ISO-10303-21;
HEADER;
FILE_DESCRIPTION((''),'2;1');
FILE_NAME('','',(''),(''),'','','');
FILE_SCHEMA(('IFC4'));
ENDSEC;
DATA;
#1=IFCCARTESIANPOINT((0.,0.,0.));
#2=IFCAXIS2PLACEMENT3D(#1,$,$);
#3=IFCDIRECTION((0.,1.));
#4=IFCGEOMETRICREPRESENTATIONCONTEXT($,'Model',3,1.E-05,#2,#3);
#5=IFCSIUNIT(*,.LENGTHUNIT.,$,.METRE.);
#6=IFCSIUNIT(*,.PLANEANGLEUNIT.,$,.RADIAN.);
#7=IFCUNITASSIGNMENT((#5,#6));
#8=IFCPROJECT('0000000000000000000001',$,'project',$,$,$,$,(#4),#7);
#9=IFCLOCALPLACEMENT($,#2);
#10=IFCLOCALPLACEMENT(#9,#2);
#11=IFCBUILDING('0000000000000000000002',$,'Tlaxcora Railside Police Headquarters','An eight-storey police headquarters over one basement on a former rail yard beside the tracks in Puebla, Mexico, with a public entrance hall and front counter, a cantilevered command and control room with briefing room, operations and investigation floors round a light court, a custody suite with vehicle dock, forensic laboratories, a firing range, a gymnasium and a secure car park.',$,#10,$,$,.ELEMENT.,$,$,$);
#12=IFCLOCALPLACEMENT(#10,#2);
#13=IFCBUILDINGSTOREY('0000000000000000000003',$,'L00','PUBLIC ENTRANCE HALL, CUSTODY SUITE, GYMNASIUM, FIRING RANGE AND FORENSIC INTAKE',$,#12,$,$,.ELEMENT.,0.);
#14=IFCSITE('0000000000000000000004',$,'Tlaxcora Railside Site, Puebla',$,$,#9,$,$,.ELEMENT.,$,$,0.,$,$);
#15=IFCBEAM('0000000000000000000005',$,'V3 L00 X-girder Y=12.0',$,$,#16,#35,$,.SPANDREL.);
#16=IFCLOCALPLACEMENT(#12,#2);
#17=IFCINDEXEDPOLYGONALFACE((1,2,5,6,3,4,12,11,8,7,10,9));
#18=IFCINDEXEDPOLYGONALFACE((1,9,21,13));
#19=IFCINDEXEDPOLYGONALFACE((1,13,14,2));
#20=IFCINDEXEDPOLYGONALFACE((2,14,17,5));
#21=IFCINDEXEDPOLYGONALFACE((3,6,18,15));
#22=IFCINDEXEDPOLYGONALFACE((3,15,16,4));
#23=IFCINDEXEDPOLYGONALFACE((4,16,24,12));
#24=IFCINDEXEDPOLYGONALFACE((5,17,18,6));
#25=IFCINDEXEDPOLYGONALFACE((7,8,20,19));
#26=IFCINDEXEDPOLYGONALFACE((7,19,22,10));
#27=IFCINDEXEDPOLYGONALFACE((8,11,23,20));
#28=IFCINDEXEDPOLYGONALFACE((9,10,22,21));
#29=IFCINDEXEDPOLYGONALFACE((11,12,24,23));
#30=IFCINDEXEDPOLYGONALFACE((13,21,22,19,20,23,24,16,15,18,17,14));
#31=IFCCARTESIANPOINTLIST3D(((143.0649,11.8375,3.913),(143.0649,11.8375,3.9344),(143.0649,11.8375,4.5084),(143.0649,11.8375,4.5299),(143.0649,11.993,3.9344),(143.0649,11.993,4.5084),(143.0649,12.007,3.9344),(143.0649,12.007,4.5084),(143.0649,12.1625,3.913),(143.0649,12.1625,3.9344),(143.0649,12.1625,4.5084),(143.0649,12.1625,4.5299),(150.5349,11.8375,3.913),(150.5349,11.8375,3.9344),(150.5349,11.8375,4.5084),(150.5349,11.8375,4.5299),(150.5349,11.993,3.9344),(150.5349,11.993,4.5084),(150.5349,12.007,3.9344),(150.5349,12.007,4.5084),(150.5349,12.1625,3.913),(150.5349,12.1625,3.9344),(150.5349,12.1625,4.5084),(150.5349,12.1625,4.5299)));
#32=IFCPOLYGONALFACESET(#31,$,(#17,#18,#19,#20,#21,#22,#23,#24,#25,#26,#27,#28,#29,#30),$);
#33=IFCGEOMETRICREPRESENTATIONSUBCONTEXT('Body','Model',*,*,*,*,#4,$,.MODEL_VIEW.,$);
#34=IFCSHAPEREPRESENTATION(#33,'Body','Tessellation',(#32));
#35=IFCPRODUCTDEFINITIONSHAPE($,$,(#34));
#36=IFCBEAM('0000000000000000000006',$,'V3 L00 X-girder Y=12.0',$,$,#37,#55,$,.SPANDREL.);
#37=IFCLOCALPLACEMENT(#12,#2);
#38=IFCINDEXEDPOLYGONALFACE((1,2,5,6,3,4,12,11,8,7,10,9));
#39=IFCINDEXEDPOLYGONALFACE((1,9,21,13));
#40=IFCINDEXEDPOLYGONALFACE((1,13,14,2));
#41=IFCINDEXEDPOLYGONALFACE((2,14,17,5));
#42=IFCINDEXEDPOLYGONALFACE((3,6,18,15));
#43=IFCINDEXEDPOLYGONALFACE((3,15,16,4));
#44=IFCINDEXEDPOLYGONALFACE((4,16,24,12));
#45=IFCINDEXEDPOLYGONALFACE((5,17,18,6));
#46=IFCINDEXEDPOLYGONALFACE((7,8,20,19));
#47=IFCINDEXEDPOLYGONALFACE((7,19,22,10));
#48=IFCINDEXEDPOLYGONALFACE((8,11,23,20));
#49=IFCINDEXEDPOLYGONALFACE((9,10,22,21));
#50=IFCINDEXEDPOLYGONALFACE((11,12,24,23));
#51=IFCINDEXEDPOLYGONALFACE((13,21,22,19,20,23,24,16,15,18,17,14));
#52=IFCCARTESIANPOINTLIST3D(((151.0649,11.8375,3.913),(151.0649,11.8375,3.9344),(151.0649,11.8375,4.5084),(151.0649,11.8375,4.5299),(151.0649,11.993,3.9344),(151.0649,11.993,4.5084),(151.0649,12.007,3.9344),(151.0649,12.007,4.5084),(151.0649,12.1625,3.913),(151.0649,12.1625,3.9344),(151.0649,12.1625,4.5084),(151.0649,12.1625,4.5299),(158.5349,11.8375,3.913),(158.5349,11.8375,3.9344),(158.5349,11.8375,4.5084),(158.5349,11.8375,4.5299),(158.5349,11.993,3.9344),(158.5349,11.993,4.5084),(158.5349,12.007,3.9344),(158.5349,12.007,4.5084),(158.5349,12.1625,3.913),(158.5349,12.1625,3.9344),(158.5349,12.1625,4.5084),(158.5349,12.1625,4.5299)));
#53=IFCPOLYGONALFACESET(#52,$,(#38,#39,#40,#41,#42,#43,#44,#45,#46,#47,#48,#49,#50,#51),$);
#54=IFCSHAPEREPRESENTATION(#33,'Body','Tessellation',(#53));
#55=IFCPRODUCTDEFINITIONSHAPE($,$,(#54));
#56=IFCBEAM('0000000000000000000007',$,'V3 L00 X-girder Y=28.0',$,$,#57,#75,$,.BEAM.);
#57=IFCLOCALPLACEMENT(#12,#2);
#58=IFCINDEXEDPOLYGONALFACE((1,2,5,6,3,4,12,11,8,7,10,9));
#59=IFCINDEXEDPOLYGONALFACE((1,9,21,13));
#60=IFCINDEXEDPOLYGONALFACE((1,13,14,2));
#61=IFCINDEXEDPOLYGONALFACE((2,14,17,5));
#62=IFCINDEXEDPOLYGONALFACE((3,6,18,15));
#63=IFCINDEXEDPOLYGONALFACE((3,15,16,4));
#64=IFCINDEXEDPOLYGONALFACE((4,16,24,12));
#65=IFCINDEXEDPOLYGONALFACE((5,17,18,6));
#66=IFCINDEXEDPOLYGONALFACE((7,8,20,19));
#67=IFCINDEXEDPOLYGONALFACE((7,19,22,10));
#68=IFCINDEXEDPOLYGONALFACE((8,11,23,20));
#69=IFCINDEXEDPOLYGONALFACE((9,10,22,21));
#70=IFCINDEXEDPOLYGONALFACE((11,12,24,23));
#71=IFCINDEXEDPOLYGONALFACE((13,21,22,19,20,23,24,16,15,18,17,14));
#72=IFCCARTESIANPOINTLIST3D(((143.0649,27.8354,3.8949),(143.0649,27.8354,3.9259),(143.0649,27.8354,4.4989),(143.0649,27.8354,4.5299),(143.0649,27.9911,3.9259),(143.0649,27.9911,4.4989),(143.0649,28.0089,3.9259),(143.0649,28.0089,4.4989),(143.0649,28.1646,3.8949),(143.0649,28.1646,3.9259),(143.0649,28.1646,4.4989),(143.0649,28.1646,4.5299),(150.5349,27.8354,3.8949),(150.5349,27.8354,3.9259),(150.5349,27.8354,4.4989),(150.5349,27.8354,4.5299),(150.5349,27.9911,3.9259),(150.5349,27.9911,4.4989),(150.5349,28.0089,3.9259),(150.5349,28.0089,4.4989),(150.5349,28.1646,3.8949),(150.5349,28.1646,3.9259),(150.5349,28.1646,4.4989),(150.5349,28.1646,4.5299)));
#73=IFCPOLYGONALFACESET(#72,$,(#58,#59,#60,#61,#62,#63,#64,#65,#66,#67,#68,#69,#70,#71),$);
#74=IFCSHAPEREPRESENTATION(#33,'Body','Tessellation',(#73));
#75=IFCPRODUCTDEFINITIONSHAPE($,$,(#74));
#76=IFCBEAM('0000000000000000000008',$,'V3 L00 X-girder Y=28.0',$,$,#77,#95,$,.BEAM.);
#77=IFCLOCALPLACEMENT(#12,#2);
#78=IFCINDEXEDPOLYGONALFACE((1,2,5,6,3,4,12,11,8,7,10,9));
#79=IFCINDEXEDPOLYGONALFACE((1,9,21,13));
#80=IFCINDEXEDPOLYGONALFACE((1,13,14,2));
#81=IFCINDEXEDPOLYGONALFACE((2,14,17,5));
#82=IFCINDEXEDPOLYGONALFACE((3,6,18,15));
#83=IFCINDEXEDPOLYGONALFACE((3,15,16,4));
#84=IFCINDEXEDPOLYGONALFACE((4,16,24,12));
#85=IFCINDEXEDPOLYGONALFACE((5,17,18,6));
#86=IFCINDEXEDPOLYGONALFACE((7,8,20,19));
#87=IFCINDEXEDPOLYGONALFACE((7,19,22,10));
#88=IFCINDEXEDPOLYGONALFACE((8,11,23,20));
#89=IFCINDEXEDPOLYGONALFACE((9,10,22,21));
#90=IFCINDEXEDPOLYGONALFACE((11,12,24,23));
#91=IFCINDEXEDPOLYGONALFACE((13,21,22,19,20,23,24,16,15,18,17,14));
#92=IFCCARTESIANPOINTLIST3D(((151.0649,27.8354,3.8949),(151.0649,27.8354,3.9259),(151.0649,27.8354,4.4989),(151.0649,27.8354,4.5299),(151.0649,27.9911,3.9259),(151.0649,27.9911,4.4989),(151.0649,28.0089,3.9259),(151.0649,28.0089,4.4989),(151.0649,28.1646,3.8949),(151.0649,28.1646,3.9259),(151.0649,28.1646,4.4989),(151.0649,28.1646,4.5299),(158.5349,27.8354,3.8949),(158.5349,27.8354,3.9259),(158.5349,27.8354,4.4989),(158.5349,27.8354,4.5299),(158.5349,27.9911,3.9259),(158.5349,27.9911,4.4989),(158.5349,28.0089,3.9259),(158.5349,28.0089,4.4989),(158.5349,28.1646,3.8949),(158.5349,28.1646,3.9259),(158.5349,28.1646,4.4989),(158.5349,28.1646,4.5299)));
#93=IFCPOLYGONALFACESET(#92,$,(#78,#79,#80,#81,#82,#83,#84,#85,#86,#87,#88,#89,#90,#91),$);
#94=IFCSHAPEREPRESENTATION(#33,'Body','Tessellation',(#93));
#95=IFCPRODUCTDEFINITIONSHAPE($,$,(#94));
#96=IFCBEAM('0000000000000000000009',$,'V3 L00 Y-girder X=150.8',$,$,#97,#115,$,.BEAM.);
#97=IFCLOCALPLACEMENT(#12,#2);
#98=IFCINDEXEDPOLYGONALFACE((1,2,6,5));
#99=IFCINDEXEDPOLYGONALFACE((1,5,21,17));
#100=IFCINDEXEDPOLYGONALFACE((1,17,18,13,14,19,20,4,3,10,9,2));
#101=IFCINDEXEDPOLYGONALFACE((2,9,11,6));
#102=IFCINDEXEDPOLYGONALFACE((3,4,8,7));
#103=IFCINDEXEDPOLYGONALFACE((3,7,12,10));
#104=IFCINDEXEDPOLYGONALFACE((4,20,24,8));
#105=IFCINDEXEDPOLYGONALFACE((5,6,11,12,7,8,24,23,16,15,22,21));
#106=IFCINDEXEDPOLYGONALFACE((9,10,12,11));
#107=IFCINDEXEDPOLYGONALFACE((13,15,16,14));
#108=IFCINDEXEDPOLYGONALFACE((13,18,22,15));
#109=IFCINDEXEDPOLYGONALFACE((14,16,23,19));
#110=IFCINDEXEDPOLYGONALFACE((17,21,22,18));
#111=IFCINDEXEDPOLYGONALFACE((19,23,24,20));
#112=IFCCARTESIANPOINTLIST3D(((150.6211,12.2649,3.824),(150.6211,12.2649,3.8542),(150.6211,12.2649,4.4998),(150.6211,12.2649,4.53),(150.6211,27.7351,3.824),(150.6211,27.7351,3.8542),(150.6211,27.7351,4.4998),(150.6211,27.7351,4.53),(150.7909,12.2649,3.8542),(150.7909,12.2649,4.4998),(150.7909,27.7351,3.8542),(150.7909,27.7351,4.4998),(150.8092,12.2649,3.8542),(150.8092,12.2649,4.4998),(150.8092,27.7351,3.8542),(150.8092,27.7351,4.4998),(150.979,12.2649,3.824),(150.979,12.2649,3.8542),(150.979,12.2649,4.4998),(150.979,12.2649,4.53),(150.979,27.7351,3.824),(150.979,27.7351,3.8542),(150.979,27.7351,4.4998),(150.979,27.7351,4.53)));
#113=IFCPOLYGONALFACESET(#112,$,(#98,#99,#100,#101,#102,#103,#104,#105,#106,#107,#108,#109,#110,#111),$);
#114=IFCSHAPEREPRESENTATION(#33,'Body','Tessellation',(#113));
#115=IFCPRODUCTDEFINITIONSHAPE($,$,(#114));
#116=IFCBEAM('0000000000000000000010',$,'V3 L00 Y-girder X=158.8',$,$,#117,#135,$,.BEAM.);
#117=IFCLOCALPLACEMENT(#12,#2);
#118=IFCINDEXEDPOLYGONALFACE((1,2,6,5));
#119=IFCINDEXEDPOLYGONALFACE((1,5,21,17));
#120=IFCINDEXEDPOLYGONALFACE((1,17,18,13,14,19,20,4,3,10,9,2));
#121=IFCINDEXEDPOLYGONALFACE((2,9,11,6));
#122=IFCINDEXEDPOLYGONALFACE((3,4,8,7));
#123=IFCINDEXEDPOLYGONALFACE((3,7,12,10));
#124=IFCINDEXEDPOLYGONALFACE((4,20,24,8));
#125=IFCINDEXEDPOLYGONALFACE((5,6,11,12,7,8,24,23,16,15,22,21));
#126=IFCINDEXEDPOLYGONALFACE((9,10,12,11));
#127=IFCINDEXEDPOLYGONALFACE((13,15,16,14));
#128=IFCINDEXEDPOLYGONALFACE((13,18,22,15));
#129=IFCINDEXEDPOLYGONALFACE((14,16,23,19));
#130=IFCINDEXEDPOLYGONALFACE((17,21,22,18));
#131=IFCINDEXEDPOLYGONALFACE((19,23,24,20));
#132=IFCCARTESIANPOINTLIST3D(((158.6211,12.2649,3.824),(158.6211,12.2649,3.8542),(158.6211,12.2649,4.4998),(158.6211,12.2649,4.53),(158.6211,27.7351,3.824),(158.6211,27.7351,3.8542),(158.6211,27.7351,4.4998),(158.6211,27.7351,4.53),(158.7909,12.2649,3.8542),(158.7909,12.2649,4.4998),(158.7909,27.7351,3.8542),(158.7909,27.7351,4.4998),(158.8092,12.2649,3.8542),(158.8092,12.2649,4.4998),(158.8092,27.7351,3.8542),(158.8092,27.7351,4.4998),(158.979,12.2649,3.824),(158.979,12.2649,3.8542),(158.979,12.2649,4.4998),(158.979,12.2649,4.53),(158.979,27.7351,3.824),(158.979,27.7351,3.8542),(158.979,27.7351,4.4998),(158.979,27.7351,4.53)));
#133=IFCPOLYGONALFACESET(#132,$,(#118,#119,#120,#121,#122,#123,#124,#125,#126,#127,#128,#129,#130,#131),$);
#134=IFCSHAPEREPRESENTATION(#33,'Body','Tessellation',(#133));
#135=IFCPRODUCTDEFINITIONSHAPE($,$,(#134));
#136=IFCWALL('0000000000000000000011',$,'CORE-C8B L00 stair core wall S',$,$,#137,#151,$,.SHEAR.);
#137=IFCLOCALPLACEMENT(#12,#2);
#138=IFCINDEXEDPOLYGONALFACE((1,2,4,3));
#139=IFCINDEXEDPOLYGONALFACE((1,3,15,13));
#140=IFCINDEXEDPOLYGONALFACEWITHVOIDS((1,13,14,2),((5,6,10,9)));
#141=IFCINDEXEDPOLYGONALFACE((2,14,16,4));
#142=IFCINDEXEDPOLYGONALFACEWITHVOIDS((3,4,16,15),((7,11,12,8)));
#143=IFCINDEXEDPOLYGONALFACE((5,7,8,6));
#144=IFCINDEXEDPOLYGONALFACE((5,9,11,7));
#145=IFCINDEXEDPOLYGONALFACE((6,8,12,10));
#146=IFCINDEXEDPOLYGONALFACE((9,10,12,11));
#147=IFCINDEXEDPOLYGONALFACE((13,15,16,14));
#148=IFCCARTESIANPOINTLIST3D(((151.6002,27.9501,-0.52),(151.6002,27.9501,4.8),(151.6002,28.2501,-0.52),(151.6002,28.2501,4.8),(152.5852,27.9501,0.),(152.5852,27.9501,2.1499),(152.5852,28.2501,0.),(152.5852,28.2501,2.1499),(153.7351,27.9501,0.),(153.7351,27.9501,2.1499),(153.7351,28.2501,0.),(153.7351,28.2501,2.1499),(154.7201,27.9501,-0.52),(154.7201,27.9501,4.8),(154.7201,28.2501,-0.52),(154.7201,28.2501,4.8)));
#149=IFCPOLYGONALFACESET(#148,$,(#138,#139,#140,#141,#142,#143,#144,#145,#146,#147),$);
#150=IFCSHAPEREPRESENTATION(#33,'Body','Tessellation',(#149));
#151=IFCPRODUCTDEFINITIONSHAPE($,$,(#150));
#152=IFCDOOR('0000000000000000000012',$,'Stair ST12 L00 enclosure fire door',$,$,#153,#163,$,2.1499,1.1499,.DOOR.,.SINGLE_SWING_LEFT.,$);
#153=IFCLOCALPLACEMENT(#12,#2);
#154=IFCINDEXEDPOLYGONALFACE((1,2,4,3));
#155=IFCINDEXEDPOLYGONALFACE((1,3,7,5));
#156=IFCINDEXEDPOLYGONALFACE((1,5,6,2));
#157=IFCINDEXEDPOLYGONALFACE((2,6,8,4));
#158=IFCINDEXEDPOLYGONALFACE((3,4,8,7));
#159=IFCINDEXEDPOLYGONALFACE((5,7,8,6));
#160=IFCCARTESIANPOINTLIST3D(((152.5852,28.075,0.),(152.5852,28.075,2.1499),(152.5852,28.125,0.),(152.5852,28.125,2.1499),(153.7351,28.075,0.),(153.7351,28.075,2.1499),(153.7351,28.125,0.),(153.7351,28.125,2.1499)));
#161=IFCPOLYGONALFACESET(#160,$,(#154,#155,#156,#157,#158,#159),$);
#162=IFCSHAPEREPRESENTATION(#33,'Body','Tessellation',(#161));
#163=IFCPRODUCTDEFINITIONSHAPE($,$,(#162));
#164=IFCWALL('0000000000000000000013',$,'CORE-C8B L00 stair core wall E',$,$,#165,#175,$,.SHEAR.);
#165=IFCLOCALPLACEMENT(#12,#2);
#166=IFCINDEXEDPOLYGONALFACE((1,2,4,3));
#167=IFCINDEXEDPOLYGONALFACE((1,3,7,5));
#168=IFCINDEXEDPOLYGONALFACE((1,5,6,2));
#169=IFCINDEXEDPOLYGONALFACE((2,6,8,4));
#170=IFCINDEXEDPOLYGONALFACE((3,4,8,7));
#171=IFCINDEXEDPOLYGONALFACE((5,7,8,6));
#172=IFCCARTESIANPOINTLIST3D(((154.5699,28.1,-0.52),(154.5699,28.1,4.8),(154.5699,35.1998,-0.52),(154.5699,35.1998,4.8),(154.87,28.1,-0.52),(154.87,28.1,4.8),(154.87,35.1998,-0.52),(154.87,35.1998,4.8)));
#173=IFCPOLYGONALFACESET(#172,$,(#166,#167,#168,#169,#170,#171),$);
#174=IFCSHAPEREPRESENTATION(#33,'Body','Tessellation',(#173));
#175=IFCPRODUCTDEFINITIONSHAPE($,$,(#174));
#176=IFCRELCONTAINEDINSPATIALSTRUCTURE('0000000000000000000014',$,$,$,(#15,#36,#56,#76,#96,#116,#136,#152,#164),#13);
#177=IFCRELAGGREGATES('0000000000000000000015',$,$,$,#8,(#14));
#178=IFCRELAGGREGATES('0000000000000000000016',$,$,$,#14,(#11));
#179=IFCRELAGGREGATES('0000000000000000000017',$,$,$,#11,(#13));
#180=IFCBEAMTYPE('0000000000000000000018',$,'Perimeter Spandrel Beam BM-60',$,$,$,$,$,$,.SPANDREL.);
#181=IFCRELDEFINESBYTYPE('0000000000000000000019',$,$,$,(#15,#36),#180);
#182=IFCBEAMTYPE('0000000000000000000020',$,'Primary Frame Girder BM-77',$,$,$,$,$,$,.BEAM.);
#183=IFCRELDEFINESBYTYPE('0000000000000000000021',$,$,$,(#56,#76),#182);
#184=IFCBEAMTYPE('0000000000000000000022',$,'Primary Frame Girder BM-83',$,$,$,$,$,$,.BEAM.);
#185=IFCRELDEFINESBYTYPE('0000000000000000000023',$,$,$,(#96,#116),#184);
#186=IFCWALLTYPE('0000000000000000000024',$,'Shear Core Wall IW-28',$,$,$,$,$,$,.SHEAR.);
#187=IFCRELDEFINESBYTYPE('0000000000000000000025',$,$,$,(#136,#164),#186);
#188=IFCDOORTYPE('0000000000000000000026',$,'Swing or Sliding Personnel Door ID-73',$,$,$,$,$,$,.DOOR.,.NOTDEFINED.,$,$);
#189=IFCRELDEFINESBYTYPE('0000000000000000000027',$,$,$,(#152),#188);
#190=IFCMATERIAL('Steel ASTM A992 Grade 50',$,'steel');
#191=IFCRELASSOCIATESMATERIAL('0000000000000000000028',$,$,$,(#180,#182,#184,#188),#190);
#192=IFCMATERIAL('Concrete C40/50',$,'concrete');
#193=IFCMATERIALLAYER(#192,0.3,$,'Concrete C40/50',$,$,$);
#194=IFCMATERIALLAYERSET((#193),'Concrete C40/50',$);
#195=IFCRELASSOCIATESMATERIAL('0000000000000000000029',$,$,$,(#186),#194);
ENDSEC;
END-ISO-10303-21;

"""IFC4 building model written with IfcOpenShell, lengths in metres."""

from ifc_helpers import new_model, si_unit, direction, frame, frame_2d, origin, origin_2d, place, context, subcontext, project, spatial, rectangle, i_section, extrude, material, layer, layer_set, material_profile, profile_set, type_object, element, fill, save


model = new_model("IFC4")

# Units and contexts
model_context = context("Model", 3, precision=1e-05, world=origin(), true_north=direction((0.0, 1.0)))
body_context = subcontext(model_context, "Body", "Model", "MODEL_VIEW")
ifc_project = project(units=[si_unit("LENGTHUNIT", "METRE"), si_unit("PLANEANGLEUNIT", "RADIAN")], contexts=[model_context])

# Site, building, storey
site_placement = place(None, origin())
site = spatial("IfcSite", under=ifc_project, at=site_placement, Name="Tlaxcora Railside Site, Puebla", CompositionType="ELEMENT", RefElevation=0.0)
building_placement = place(site_placement, origin())
building = spatial("IfcBuilding", under=site, at=building_placement, Name="Tlaxcora Railside Police Headquarters", Description="An eight-storey police headquarters over one basement on a former rail yard beside the tracks in Puebla, Mexico, with a public entrance hall and front counter, a cantilevered command and control room with briefing room, operations and investigation floors round a light court, a custody suite with vehicle dock, forensic laboratories, a firing range, a gymnasium and a secure car park.", CompositionType="ELEMENT")
storey_placement = place(building_placement, origin())
storey = spatial("IfcBuildingStorey", under=building, at=storey_placement, Name="L00", Description="PUBLIC ENTRANCE HALL, CUSTODY SUITE, GYMNASIUM, FIRING RANGE AND FORENSIC INTAKE", CompositionType="ELEMENT", Elevation=0.0)

# Shared definitions
ifc_material_1 = material(Name="Concrete C40/50", Category="concrete")

# Beams
ifc_material_2 = material(Name="Steel ASTM A992 Grade 50", Category="steel")
ifc_material_profile_1 = material_profile(ifc_material_2, i_section(OverallWidth=0.325, OverallDepth=0.6169, WebThickness=0.0139, FlangeThickness=0.0215, at=origin_2d()), Name="W24X117")
ifc_profile_set_1 = profile_set([ifc_material_profile_1], Name="Steel ASTM A992 Grade 50")
beam_type_1 = type_object("IfcBeamType", Name="Perimeter Spandrel Beam BM-60", PredefinedType="SPANDREL", material=ifc_profile_set_1)
for number, where, z_axis, x_axis, name in (
    (1, (143.0649, 12.0, 4.2214), (1.0, 0.0, 0.0), (0.0, 1.0, 0.0), "V3 L00 X-girder Y=12.0"),
    (2, (151.0649, 12.0, 4.2214), (1.0, 0.0, 0.0), (0.0, 1.0, 0.0), "V3 L00 X-girder Y=12.0"),
):
    element("IfcBeam", number, at=place(storey_placement, frame(where, z_axis=z_axis, x_axis=x_axis)), inside=storey, type_object=beam_type_1, Name=name, PredefinedType="SPANDREL", context=body_context, shape_type="SweptSolid", body=[
        extrude(i_section(OverallWidth=0.325, OverallDepth=0.6169, WebThickness=0.0139, FlangeThickness=0.0215, at=origin_2d()), origin(), (0.0, 0.0, 1.0), 7.47),
    ])
ifc_material_profile_2 = material_profile(ifc_material_2, i_section(OverallWidth=0.3291, OverallDepth=0.635, WebThickness=0.0178, FlangeThickness=0.031, at=origin_2d()), Name="W24X162")
ifc_profile_set_2 = profile_set([ifc_material_profile_2], Name="Steel ASTM A992 Grade 50")
beam_type_2 = type_object("IfcBeamType", Name="Primary Frame Girder BM-77", PredefinedType="BEAM", material=ifc_profile_set_2)
for number, where, z_axis, x_axis, name in (
    (3, (143.0649, 28.0, 4.2124), (1.0, 0.0, 0.0), (0.0, 1.0, 0.0), "V3 L00 X-girder Y=28.0"),
    (4, (151.0649, 28.0, 4.2124), (1.0, 0.0, 0.0), (0.0, 1.0, 0.0), "V3 L00 X-girder Y=28.0"),
):
    element("IfcBeam", number, at=place(storey_placement, frame(where, z_axis=z_axis, x_axis=x_axis)), inside=storey, type_object=beam_type_2, Name=name, PredefinedType="BEAM", context=body_context, shape_type="SweptSolid", body=[
        extrude(i_section(OverallWidth=0.3291, OverallDepth=0.635, WebThickness=0.0178, FlangeThickness=0.031, at=origin_2d()), origin(), (0.0, 0.0, 1.0), 7.47),
    ])
ifc_material_profile_3 = material_profile(ifc_material_2, i_section(OverallWidth=0.3579, OverallDepth=0.7061, WebThickness=0.0183, FlangeThickness=0.0303, at=origin_2d()), Name="W27X178")
ifc_profile_set_3 = profile_set([ifc_material_profile_3], Name="Steel ASTM A992 Grade 50")
beam_type_3 = type_object("IfcBeamType", Name="Primary Frame Girder BM-83", PredefinedType="BEAM", material=ifc_profile_set_3)
for number, where, z_axis, x_axis, name in (
    (5, (150.8, 12.2649, 4.177), (0.0, 1.0, 0.0), (-1.0, 0.0, 0.0), "V3 L00 Y-girder X=150.8"),
    (6, (158.8, 12.2649, 4.177), (0.0, 1.0, 0.0), (-1.0, 0.0, 0.0), "V3 L00 Y-girder X=158.8"),
):
    element("IfcBeam", number, at=place(storey_placement, frame(where, z_axis=z_axis, x_axis=x_axis)), inside=storey, type_object=beam_type_3, Name=name, PredefinedType="BEAM", context=body_context, shape_type="SweptSolid", body=[
        extrude(i_section(OverallWidth=0.3579, OverallDepth=0.7061, WebThickness=0.0183, FlangeThickness=0.0303, at=origin_2d()), origin(), (0.0, 0.0, 1.0), 15.4702),
    ])

# Wall, opening, door
ifc_layer_1 = layer(ifc_material_1, 0.3, Name="Concrete C40/50")
ifc_layer_set_1 = layer_set([ifc_layer_1], Name="Concrete C40/50")
wall_type_1 = type_object("IfcWallType", Name="Shear Core Wall IW-28", PredefinedType="SHEAR", material=ifc_layer_set_1)
wall_1_placement = place(storey_placement, frame((151.6001, 28.1001, -0.52), z_axis=(0.0, 0.0, 1.0), x_axis=(1.0, 0.0, 0.0)))
wall_1 = element("IfcWall", 7, at=wall_1_placement, inside=storey, type_object=wall_type_1, Name="CORE-C8B L00 stair core wall S", PredefinedType="SHEAR", context=body_context, shape_type="SweptSolid", body=[
    extrude(rectangle(XDim=3.1199, YDim=0.3, at=frame_2d((1.5601, 0.0))), origin(), (0.0, 0.0, 1.0), 5.3201),
])
opening_1_placement = place(wall_1_placement, frame((0.9851, 0.0, 0.52)))
opening_1 = element("IfcOpeningElement", 8, at=opening_1_placement, cuts=wall_1, PredefinedType="OPENING", context=body_context, shape_type="SweptSolid", body=[
    extrude(rectangle(XDim=1.1499, YDim=2.1499, at=frame_2d((0.575, 1.075))), frame((0.0, 0.1602, 0.0), z_axis=(0.0, -1.0, 0.0), x_axis=(1.0, 0.0, 0.0)), (0.0, 0.0, 1.0), 0.3201),
])
door_type = type_object("IfcDoorType", Name="Swing or Sliding Personnel Door ID-73", OperationType="NOTDEFINED", PredefinedType="DOOR", material=ifc_material_2)
door_placement = place(opening_1_placement, origin())
door = element("IfcDoor", 9, at=door_placement, inside=storey, type_object=door_type, Name="Stair ST12 L00 enclosure fire door", OperationType="SINGLE_SWING_LEFT", OverallHeight=2.1499, OverallWidth=1.1499, PredefinedType="DOOR", context=body_context, shape_type="SweptSolid", body=[
    extrude(rectangle(XDim=1.1499, YDim=2.1499, at=frame_2d((0.575, 1.075))), frame((0.0, 0.0249, 0.0), z_axis=(0.0, -1.0, 0.0), x_axis=(1.0, 0.0, 0.0)), (0.0, 0.0, 1.0), 0.05),
])
fill(opening_1, door)

# Wall
wall_2_placement = place(storey_placement, frame((154.72, 28.1001, -0.52), z_axis=(0.0, 0.0, 1.0), x_axis=(0.0, 1.0, 0.0)))
element("IfcWall", 10, at=wall_2_placement, inside=storey, type_object=wall_type_1, Name="CORE-C8B L00 stair core wall E", PredefinedType="SHEAR", context=body_context, shape_type="SweptSolid", body=[
    extrude(rectangle(XDim=7.0999, YDim=0.3, at=frame_2d((3.5498, 0.0))), origin(), (0.0, 0.0, 1.0), 5.3201),
])

save(model, "model.ifc")
